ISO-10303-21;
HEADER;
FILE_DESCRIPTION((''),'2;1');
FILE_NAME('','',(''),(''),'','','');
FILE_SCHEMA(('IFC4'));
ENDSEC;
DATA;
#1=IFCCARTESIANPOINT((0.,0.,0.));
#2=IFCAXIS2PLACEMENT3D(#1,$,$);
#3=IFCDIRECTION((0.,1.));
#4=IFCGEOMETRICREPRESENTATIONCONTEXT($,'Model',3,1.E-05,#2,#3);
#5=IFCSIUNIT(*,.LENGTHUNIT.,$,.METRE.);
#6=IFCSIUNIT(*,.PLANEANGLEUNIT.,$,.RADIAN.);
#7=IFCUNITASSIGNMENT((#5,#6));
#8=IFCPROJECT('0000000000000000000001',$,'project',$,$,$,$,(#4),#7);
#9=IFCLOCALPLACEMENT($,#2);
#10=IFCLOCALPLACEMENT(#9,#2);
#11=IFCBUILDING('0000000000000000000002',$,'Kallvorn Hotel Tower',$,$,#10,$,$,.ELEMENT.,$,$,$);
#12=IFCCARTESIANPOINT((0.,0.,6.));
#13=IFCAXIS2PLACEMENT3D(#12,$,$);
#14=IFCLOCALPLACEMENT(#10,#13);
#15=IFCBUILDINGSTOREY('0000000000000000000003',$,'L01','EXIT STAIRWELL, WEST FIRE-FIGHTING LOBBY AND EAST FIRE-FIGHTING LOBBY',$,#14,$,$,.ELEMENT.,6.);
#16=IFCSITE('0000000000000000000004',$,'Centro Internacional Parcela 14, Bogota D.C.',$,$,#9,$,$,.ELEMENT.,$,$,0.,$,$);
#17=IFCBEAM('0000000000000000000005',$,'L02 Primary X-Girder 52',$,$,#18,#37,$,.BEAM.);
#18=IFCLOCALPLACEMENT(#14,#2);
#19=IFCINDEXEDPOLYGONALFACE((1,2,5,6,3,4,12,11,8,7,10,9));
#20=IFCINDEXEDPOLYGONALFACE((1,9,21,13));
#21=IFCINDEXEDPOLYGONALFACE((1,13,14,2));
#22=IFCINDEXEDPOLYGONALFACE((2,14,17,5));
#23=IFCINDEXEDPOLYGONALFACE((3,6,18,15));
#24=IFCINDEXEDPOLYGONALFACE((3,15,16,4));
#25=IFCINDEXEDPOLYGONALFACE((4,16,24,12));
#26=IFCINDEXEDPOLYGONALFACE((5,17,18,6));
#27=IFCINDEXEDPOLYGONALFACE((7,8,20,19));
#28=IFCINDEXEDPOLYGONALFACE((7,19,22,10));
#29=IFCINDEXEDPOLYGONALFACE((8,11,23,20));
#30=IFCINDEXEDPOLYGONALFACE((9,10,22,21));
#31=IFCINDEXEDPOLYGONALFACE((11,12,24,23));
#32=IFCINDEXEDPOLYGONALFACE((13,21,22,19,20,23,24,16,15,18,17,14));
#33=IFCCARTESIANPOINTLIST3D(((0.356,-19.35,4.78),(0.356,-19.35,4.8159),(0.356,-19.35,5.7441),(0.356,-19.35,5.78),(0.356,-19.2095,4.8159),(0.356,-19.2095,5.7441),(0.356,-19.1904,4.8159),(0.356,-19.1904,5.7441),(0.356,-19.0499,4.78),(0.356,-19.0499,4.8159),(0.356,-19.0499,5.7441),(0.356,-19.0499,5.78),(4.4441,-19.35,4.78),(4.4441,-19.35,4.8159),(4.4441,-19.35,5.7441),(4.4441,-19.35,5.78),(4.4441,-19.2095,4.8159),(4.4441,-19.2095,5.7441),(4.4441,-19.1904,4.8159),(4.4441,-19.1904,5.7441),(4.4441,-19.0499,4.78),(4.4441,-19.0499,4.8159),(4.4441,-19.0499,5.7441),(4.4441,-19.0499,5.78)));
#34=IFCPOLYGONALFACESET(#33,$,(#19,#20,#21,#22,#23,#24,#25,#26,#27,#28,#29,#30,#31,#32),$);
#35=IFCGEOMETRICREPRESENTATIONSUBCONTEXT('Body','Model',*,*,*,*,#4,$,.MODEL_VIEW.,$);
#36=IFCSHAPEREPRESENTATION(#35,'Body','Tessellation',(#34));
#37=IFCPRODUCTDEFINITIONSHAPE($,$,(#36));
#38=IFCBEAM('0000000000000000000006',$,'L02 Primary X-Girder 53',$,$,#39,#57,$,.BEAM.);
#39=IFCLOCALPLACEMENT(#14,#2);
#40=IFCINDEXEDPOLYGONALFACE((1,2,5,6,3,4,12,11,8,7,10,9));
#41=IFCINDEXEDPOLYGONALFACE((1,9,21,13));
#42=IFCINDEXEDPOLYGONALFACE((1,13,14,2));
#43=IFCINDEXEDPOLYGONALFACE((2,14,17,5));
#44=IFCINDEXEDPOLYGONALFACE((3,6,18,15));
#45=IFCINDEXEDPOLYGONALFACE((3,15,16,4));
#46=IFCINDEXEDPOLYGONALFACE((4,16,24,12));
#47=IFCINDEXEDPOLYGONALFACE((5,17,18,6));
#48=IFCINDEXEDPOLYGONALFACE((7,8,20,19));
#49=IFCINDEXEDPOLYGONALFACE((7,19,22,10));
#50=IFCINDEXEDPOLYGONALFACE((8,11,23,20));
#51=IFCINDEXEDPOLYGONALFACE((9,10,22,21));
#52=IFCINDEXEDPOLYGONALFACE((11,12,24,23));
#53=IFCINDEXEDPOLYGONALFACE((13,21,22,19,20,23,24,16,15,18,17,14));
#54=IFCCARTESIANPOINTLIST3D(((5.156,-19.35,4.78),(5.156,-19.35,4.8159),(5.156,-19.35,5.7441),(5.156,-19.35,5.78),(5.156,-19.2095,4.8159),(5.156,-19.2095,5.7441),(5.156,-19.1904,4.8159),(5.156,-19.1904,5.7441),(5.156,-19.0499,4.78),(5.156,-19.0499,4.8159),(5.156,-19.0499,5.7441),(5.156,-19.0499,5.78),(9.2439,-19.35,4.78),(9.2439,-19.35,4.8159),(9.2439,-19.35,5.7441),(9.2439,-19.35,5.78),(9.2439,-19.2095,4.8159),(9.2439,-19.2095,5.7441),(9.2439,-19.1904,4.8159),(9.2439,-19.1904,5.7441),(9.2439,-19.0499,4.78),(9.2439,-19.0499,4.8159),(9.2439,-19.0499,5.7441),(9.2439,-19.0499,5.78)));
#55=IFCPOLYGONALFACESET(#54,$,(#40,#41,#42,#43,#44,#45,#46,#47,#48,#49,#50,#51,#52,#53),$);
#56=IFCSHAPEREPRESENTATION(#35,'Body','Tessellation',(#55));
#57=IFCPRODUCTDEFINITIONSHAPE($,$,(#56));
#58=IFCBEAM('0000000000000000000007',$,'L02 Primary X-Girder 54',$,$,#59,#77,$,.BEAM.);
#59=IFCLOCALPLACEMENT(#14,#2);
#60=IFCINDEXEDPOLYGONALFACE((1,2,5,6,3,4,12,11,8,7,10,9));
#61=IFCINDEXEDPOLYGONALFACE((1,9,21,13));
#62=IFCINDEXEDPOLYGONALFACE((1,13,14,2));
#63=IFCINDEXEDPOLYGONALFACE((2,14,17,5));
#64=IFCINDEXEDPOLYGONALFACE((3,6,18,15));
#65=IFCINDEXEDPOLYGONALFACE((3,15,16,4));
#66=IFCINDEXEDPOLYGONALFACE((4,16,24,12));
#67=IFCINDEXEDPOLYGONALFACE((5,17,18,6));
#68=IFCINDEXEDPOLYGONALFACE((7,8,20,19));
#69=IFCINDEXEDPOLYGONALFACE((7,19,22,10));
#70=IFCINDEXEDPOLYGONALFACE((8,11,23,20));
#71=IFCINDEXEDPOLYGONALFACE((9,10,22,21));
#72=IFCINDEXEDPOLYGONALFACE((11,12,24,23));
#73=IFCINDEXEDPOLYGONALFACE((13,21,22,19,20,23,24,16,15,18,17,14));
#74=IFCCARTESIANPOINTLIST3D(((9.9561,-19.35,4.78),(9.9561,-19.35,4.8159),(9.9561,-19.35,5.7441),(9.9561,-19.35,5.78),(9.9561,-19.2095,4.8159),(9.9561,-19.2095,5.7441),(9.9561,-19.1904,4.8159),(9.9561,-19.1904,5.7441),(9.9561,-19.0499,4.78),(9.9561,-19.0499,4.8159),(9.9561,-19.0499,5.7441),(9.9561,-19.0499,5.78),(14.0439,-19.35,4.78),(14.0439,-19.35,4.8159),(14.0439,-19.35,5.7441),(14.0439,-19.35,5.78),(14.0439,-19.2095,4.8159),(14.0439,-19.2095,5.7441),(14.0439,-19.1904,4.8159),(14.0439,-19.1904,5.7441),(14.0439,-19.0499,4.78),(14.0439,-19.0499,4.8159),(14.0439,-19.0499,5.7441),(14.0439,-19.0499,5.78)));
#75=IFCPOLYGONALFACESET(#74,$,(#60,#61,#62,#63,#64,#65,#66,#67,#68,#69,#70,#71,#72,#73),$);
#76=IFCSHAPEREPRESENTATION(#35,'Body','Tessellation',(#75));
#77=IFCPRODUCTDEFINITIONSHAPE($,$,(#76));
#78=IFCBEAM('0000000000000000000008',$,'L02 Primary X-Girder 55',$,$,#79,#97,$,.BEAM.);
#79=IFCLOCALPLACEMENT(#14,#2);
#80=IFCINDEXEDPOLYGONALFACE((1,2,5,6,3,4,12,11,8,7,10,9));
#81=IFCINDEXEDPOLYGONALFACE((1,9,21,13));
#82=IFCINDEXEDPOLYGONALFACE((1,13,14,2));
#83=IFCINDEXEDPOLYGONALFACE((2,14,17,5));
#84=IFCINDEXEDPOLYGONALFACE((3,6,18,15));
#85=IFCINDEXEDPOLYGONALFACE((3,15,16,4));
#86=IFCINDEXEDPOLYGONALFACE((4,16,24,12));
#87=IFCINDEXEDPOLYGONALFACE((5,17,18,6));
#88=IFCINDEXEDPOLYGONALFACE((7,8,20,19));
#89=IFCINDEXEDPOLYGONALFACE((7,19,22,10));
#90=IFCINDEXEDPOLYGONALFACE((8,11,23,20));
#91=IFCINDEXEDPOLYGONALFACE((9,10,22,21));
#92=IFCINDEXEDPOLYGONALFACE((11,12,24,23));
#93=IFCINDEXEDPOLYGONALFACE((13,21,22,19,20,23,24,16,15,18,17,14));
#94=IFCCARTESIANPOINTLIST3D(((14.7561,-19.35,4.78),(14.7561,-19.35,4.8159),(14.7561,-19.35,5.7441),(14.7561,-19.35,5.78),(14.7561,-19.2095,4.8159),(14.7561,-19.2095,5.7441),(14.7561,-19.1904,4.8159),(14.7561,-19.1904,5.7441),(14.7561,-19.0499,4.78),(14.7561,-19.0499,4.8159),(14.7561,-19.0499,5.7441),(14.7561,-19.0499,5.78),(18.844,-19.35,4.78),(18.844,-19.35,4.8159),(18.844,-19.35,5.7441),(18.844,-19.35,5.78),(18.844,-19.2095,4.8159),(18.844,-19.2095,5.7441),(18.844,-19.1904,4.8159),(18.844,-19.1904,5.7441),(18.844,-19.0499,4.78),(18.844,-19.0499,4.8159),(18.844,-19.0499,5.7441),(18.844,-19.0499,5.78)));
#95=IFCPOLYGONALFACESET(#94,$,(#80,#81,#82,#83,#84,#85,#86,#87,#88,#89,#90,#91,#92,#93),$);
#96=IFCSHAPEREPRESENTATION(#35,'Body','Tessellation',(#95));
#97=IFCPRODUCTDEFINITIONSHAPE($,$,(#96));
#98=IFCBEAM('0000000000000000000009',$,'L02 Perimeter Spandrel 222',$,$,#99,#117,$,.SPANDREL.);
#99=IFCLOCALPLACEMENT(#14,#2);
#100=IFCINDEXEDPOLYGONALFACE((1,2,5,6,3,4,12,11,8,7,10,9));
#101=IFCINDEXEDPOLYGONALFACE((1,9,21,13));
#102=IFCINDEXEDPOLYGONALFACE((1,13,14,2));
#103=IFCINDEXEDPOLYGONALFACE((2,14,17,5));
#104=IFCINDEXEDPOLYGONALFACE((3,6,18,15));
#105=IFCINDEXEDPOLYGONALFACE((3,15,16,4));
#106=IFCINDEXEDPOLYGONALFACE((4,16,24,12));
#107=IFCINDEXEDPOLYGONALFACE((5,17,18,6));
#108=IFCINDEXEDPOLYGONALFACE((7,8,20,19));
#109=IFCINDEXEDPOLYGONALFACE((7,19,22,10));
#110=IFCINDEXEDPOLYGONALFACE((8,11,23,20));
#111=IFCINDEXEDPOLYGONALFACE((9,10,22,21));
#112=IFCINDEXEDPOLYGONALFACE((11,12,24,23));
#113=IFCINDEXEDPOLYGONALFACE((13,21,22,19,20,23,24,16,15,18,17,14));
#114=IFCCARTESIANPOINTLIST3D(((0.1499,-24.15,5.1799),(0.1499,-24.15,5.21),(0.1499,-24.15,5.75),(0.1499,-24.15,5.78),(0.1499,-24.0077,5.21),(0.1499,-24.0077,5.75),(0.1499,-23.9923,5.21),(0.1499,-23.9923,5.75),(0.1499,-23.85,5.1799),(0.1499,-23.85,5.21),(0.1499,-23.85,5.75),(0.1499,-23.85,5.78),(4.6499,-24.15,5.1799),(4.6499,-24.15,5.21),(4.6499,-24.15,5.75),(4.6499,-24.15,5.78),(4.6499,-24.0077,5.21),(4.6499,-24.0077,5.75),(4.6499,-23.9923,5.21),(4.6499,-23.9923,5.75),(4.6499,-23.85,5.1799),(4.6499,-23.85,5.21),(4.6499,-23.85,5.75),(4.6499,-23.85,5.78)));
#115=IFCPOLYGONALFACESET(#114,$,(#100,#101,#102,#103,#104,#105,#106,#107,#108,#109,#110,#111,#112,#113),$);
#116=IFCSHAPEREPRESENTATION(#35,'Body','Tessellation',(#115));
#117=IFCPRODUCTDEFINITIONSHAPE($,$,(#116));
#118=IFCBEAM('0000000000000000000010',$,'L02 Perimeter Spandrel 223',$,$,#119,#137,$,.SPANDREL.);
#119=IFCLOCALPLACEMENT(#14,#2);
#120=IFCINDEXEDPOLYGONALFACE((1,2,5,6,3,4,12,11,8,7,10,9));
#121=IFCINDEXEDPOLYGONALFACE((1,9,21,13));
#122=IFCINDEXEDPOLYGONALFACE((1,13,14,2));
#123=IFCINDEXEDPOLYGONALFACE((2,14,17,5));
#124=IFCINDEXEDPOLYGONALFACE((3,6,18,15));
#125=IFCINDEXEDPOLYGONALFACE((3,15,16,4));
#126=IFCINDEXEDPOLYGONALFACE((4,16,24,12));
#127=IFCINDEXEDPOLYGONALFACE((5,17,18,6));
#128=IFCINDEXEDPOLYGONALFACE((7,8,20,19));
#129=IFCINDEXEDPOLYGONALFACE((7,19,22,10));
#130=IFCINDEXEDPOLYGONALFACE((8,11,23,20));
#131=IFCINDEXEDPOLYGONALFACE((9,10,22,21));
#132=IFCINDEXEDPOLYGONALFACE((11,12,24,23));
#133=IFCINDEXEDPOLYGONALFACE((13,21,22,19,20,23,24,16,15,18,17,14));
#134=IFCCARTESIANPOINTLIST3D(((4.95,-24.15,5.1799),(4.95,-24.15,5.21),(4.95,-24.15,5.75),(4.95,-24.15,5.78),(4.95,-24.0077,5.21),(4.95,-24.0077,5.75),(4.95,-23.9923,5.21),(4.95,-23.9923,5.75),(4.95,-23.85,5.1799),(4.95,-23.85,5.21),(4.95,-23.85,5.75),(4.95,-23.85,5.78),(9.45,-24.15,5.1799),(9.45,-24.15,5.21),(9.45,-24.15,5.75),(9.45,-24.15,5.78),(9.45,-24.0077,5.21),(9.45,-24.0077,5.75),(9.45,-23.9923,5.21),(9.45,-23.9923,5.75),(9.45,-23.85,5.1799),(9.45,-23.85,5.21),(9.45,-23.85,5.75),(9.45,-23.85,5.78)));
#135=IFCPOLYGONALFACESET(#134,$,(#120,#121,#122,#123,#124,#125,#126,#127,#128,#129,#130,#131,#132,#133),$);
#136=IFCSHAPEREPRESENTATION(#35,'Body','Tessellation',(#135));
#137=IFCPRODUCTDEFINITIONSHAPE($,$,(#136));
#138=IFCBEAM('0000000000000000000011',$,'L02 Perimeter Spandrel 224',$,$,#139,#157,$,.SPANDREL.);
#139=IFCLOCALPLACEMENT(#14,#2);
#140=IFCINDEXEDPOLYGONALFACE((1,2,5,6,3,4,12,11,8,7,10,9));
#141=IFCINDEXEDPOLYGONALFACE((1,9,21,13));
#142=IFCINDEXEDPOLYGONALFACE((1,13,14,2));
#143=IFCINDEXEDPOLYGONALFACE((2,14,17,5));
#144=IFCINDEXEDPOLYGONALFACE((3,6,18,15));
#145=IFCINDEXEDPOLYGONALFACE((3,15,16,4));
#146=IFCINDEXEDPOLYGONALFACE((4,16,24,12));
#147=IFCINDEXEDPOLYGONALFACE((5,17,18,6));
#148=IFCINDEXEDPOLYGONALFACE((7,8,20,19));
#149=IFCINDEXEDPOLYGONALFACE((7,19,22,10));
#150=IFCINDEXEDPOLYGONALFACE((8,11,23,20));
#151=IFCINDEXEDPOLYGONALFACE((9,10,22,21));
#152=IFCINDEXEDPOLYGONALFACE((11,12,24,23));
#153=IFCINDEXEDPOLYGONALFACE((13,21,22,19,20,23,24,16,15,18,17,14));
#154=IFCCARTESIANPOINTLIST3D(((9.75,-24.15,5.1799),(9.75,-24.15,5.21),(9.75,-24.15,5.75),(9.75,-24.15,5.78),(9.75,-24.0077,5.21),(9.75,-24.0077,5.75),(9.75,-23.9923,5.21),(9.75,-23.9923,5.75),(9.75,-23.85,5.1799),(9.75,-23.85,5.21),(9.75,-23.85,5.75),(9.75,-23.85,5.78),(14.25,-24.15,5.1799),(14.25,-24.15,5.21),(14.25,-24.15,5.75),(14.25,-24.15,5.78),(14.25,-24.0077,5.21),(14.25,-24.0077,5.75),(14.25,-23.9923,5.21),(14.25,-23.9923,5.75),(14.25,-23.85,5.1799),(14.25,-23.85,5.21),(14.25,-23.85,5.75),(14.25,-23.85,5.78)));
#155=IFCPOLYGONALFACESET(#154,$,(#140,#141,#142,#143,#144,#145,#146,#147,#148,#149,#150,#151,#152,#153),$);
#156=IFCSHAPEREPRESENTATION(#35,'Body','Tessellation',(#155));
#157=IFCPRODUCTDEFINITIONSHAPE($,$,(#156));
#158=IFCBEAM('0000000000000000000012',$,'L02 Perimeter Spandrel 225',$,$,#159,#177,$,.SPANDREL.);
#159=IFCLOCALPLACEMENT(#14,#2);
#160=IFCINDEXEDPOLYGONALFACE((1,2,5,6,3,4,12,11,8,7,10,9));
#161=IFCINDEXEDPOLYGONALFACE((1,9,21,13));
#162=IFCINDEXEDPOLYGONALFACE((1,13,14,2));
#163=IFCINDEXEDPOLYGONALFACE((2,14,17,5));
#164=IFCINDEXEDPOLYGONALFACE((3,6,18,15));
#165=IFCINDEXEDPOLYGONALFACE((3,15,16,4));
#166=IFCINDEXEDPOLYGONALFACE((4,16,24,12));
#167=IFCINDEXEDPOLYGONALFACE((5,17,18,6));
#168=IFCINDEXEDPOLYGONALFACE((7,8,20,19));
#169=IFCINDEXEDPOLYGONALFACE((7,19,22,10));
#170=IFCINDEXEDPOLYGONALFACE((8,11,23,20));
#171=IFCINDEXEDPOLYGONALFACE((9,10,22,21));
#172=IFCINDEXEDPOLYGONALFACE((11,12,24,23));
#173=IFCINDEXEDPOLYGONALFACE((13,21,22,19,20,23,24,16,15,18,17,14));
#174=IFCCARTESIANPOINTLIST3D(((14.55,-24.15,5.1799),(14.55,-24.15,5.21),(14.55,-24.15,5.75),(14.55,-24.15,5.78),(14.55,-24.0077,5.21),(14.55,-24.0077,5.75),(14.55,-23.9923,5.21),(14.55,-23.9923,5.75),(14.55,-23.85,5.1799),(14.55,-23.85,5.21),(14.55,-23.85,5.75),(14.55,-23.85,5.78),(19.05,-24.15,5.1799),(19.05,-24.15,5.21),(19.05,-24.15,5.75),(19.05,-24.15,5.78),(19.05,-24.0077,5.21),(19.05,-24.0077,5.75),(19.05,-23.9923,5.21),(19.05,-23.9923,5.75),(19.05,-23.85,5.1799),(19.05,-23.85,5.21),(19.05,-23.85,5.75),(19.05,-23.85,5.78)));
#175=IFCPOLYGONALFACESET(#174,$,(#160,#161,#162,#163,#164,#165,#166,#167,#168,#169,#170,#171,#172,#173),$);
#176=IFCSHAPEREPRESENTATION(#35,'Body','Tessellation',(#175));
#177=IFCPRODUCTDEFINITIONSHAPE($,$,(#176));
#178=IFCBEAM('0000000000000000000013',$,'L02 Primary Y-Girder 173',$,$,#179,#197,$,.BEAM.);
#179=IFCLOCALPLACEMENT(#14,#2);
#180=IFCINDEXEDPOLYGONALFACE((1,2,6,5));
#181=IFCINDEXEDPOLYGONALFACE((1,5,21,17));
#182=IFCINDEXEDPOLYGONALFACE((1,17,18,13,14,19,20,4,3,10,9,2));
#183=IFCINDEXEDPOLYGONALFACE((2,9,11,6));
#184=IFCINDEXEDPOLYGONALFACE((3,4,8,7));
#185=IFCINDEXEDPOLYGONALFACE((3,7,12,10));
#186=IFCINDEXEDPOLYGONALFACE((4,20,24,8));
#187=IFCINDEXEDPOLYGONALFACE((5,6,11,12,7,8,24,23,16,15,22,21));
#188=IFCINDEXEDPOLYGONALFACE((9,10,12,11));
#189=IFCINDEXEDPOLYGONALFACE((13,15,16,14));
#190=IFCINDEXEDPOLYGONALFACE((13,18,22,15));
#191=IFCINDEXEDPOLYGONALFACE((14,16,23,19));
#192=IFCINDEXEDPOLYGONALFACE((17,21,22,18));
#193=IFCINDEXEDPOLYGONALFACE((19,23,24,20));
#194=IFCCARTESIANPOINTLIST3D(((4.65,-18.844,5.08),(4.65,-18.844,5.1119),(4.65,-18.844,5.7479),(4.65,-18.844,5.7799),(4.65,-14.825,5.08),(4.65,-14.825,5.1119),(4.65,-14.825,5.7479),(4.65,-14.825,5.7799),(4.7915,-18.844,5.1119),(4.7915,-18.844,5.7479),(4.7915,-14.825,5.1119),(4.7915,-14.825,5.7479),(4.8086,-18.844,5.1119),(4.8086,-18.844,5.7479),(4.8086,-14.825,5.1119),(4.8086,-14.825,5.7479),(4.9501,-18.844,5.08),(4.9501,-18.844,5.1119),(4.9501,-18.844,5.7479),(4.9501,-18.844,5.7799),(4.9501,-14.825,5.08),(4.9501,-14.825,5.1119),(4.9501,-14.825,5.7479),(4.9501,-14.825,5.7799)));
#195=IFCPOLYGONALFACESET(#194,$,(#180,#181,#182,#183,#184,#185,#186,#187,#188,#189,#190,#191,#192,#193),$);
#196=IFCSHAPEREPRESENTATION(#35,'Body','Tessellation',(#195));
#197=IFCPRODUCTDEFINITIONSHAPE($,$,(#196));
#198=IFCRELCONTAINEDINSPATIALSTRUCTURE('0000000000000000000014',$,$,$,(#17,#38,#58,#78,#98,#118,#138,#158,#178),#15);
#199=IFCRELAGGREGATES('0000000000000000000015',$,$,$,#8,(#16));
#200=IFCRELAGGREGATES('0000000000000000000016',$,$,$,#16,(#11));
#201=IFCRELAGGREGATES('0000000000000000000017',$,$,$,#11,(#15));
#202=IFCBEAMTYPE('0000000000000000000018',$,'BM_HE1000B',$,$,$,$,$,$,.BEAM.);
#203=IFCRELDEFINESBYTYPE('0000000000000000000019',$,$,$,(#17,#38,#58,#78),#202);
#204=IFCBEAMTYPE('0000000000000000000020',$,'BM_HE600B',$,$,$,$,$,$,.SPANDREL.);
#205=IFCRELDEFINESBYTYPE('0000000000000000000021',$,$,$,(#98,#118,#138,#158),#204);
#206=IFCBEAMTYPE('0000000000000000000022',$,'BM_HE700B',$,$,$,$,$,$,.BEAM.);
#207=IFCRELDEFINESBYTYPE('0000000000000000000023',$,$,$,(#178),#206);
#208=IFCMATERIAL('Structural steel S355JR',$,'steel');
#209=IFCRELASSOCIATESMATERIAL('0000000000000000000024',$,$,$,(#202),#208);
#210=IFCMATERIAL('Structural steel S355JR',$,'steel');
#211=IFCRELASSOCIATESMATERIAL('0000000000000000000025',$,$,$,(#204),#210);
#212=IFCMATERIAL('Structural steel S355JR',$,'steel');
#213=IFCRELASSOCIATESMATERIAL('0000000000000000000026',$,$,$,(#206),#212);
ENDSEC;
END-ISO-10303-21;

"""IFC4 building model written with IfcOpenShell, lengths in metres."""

from ifc_helpers import new_model, si_unit, direction, frame, origin, origin_2d, place, context, subcontext, project, spatial, i_section, extrude, material, material_profile, profile_set, type_object, element, save


model = new_model("IFC4")

# Units and contexts
model_context = context("Model", 3, precision=1e-05, world=origin(), true_north=direction((0.0, 1.0)))
body_context = subcontext(model_context, "Body", "Model", "MODEL_VIEW")
ifc_project = project(units=[si_unit("LENGTHUNIT", "METRE"), si_unit("PLANEANGLEUNIT", "RADIAN")], contexts=[model_context])

# Site, building, storey
site_placement = place(None, origin())
site = spatial("IfcSite", under=ifc_project, at=site_placement, Name="Centro Internacional Parcela 14, Bogota D.C.", CompositionType="ELEMENT", RefElevation=0.0)
building_placement = place(site_placement, origin())
building = spatial("IfcBuilding", under=site, at=building_placement, Name="Kallvorn Hotel Tower", CompositionType="ELEMENT")
storey_placement = place(building_placement, frame((0.0, 0.0, 6.0)))
storey = spatial("IfcBuildingStorey", under=building, at=storey_placement, Name="L01", Description="EXIT STAIRWELL, WEST FIRE-FIGHTING LOBBY AND EAST FIRE-FIGHTING LOBBY", CompositionType="ELEMENT", Elevation=6.0)

# Beams
ifc_material_1 = material(Name="Structural steel S355JR", Category="steel")
ifc_material_profile_1 = material_profile(ifc_material_1, i_section(OverallWidth=0.3, OverallDepth=1.0, WebThickness=0.019, FlangeThickness=0.0359, at=origin_2d()), Name="HE 1000 B")
ifc_profile_set_1 = profile_set([ifc_material_profile_1], Name="Structural steel S355JR")
beam_type_1 = type_object("IfcBeamType", Name="BM_HE1000B", PredefinedType="BEAM", material=ifc_profile_set_1)
beam_1_placement = place(storey_placement, frame((0.356, -19.2, 5.28), z_axis=(1.0, 0.0, 0.0), x_axis=(0.0, 1.0, 0.0)))
element("IfcBeam", 1, at=beam_1_placement, inside=storey, type_object=beam_type_1, Name="L02 Primary X-Girder 52", PredefinedType="BEAM", context=body_context, shape_type="SweptSolid", body=[
    extrude(i_section(OverallWidth=0.3, OverallDepth=1.0, WebThickness=0.019, FlangeThickness=0.0359, at=origin_2d()), origin(), (0.0, 0.0, 1.0), 4.0881),
])
for number, where, z_axis, x_axis, name in (
    (2, (5.156, -19.2, 5.28), (1.0, 0.0, 0.0), (0.0, 1.0, 0.0), "L02 Primary X-Girder 53"),
    (3, (9.9561, -19.2, 5.28), (1.0, 0.0, 0.0), (0.0, 1.0, 0.0), "L02 Primary X-Girder 54"),
    (4, (14.7561, -19.2, 5.28), (1.0, 0.0, 0.0), (0.0, 1.0, 0.0), "L02 Primary X-Girder 55"),
):
    element("IfcBeam", number, at=place(storey_placement, frame(where, z_axis=z_axis, x_axis=x_axis)), inside=storey, type_object=beam_type_1, Name=name, PredefinedType="BEAM", context=body_context, shape_type="SweptSolid", body=[
        extrude(i_section(OverallWidth=0.3, OverallDepth=1.0, WebThickness=0.019, FlangeThickness=0.0359, at=origin_2d()), origin(), (0.0, 0.0, 1.0), 4.0879),
    ])
ifc_material_2 = material(Name="Structural steel S355JR", Category="steel")
ifc_material_profile_2 = material_profile(ifc_material_2, i_section(OverallWidth=0.3, OverallDepth=0.6001, WebThickness=0.0154, FlangeThickness=0.03, at=origin_2d()), Name="HE 600 B")
ifc_profile_set_2 = profile_set([ifc_material_profile_2], Name="Structural steel S355JR")
beam_type_2 = type_object("IfcBeamType", Name="BM_HE600B", PredefinedType="SPANDREL", material=ifc_profile_set_2)
for number, where, z_axis, x_axis, name in (
    (5, (0.1499, -24.0, 5.48), (1.0, 0.0, 0.0), (0.0, 1.0, 0.0), "L02 Perimeter Spandrel 222"),
    (6, (4.95, -24.0, 5.48), (1.0, 0.0, 0.0), (0.0, 1.0, 0.0), "L02 Perimeter Spandrel 223"),
    (7, (9.75, -24.0, 5.48), (1.0, 0.0, 0.0), (0.0, 1.0, 0.0), "L02 Perimeter Spandrel 224"),
    (8, (14.55, -24.0, 5.48), (1.0, 0.0, 0.0), (0.0, 1.0, 0.0), "L02 Perimeter Spandrel 225"),
):
    element("IfcBeam", number, at=place(storey_placement, frame(where, z_axis=z_axis, x_axis=x_axis)), inside=storey, type_object=beam_type_2, Name=name, PredefinedType="SPANDREL", context=body_context, shape_type="SweptSolid", body=[
        extrude(i_section(OverallWidth=0.3, OverallDepth=0.6001, WebThickness=0.0154, FlangeThickness=0.03, at=origin_2d()), origin(), (0.0, 0.0, 1.0), 4.5),
    ])
ifc_material_3 = material(Name="Structural steel S355JR", Category="steel")
ifc_material_profile_3 = material_profile(ifc_material_3, i_section(OverallWidth=0.3, OverallDepth=0.7, WebThickness=0.0171, FlangeThickness=0.032, at=origin_2d()), Name="HE 700 B")
ifc_profile_set_3 = profile_set([ifc_material_profile_3], Name="Structural steel S355JR")
beam_type_3 = type_object("IfcBeamType", Name="BM_HE700B", PredefinedType="BEAM", material=ifc_profile_set_3)
beam_2_placement = place(storey_placement, frame((4.8, -18.844, 5.4299), z_axis=(0.0, 1.0, 0.0), x_axis=(-1.0, 0.0, 0.0)))
element("IfcBeam", 9, at=beam_2_placement, inside=storey, type_object=beam_type_3, Name="L02 Primary Y-Girder 173", PredefinedType="BEAM", context=body_context, shape_type="SweptSolid", body=[
    extrude(i_section(OverallWidth=0.3, OverallDepth=0.7, WebThickness=0.0171, FlangeThickness=0.032, at=origin_2d()), origin(), (0.0, 0.0, 1.0), 4.019),
])

save(model, "model.ifc")
